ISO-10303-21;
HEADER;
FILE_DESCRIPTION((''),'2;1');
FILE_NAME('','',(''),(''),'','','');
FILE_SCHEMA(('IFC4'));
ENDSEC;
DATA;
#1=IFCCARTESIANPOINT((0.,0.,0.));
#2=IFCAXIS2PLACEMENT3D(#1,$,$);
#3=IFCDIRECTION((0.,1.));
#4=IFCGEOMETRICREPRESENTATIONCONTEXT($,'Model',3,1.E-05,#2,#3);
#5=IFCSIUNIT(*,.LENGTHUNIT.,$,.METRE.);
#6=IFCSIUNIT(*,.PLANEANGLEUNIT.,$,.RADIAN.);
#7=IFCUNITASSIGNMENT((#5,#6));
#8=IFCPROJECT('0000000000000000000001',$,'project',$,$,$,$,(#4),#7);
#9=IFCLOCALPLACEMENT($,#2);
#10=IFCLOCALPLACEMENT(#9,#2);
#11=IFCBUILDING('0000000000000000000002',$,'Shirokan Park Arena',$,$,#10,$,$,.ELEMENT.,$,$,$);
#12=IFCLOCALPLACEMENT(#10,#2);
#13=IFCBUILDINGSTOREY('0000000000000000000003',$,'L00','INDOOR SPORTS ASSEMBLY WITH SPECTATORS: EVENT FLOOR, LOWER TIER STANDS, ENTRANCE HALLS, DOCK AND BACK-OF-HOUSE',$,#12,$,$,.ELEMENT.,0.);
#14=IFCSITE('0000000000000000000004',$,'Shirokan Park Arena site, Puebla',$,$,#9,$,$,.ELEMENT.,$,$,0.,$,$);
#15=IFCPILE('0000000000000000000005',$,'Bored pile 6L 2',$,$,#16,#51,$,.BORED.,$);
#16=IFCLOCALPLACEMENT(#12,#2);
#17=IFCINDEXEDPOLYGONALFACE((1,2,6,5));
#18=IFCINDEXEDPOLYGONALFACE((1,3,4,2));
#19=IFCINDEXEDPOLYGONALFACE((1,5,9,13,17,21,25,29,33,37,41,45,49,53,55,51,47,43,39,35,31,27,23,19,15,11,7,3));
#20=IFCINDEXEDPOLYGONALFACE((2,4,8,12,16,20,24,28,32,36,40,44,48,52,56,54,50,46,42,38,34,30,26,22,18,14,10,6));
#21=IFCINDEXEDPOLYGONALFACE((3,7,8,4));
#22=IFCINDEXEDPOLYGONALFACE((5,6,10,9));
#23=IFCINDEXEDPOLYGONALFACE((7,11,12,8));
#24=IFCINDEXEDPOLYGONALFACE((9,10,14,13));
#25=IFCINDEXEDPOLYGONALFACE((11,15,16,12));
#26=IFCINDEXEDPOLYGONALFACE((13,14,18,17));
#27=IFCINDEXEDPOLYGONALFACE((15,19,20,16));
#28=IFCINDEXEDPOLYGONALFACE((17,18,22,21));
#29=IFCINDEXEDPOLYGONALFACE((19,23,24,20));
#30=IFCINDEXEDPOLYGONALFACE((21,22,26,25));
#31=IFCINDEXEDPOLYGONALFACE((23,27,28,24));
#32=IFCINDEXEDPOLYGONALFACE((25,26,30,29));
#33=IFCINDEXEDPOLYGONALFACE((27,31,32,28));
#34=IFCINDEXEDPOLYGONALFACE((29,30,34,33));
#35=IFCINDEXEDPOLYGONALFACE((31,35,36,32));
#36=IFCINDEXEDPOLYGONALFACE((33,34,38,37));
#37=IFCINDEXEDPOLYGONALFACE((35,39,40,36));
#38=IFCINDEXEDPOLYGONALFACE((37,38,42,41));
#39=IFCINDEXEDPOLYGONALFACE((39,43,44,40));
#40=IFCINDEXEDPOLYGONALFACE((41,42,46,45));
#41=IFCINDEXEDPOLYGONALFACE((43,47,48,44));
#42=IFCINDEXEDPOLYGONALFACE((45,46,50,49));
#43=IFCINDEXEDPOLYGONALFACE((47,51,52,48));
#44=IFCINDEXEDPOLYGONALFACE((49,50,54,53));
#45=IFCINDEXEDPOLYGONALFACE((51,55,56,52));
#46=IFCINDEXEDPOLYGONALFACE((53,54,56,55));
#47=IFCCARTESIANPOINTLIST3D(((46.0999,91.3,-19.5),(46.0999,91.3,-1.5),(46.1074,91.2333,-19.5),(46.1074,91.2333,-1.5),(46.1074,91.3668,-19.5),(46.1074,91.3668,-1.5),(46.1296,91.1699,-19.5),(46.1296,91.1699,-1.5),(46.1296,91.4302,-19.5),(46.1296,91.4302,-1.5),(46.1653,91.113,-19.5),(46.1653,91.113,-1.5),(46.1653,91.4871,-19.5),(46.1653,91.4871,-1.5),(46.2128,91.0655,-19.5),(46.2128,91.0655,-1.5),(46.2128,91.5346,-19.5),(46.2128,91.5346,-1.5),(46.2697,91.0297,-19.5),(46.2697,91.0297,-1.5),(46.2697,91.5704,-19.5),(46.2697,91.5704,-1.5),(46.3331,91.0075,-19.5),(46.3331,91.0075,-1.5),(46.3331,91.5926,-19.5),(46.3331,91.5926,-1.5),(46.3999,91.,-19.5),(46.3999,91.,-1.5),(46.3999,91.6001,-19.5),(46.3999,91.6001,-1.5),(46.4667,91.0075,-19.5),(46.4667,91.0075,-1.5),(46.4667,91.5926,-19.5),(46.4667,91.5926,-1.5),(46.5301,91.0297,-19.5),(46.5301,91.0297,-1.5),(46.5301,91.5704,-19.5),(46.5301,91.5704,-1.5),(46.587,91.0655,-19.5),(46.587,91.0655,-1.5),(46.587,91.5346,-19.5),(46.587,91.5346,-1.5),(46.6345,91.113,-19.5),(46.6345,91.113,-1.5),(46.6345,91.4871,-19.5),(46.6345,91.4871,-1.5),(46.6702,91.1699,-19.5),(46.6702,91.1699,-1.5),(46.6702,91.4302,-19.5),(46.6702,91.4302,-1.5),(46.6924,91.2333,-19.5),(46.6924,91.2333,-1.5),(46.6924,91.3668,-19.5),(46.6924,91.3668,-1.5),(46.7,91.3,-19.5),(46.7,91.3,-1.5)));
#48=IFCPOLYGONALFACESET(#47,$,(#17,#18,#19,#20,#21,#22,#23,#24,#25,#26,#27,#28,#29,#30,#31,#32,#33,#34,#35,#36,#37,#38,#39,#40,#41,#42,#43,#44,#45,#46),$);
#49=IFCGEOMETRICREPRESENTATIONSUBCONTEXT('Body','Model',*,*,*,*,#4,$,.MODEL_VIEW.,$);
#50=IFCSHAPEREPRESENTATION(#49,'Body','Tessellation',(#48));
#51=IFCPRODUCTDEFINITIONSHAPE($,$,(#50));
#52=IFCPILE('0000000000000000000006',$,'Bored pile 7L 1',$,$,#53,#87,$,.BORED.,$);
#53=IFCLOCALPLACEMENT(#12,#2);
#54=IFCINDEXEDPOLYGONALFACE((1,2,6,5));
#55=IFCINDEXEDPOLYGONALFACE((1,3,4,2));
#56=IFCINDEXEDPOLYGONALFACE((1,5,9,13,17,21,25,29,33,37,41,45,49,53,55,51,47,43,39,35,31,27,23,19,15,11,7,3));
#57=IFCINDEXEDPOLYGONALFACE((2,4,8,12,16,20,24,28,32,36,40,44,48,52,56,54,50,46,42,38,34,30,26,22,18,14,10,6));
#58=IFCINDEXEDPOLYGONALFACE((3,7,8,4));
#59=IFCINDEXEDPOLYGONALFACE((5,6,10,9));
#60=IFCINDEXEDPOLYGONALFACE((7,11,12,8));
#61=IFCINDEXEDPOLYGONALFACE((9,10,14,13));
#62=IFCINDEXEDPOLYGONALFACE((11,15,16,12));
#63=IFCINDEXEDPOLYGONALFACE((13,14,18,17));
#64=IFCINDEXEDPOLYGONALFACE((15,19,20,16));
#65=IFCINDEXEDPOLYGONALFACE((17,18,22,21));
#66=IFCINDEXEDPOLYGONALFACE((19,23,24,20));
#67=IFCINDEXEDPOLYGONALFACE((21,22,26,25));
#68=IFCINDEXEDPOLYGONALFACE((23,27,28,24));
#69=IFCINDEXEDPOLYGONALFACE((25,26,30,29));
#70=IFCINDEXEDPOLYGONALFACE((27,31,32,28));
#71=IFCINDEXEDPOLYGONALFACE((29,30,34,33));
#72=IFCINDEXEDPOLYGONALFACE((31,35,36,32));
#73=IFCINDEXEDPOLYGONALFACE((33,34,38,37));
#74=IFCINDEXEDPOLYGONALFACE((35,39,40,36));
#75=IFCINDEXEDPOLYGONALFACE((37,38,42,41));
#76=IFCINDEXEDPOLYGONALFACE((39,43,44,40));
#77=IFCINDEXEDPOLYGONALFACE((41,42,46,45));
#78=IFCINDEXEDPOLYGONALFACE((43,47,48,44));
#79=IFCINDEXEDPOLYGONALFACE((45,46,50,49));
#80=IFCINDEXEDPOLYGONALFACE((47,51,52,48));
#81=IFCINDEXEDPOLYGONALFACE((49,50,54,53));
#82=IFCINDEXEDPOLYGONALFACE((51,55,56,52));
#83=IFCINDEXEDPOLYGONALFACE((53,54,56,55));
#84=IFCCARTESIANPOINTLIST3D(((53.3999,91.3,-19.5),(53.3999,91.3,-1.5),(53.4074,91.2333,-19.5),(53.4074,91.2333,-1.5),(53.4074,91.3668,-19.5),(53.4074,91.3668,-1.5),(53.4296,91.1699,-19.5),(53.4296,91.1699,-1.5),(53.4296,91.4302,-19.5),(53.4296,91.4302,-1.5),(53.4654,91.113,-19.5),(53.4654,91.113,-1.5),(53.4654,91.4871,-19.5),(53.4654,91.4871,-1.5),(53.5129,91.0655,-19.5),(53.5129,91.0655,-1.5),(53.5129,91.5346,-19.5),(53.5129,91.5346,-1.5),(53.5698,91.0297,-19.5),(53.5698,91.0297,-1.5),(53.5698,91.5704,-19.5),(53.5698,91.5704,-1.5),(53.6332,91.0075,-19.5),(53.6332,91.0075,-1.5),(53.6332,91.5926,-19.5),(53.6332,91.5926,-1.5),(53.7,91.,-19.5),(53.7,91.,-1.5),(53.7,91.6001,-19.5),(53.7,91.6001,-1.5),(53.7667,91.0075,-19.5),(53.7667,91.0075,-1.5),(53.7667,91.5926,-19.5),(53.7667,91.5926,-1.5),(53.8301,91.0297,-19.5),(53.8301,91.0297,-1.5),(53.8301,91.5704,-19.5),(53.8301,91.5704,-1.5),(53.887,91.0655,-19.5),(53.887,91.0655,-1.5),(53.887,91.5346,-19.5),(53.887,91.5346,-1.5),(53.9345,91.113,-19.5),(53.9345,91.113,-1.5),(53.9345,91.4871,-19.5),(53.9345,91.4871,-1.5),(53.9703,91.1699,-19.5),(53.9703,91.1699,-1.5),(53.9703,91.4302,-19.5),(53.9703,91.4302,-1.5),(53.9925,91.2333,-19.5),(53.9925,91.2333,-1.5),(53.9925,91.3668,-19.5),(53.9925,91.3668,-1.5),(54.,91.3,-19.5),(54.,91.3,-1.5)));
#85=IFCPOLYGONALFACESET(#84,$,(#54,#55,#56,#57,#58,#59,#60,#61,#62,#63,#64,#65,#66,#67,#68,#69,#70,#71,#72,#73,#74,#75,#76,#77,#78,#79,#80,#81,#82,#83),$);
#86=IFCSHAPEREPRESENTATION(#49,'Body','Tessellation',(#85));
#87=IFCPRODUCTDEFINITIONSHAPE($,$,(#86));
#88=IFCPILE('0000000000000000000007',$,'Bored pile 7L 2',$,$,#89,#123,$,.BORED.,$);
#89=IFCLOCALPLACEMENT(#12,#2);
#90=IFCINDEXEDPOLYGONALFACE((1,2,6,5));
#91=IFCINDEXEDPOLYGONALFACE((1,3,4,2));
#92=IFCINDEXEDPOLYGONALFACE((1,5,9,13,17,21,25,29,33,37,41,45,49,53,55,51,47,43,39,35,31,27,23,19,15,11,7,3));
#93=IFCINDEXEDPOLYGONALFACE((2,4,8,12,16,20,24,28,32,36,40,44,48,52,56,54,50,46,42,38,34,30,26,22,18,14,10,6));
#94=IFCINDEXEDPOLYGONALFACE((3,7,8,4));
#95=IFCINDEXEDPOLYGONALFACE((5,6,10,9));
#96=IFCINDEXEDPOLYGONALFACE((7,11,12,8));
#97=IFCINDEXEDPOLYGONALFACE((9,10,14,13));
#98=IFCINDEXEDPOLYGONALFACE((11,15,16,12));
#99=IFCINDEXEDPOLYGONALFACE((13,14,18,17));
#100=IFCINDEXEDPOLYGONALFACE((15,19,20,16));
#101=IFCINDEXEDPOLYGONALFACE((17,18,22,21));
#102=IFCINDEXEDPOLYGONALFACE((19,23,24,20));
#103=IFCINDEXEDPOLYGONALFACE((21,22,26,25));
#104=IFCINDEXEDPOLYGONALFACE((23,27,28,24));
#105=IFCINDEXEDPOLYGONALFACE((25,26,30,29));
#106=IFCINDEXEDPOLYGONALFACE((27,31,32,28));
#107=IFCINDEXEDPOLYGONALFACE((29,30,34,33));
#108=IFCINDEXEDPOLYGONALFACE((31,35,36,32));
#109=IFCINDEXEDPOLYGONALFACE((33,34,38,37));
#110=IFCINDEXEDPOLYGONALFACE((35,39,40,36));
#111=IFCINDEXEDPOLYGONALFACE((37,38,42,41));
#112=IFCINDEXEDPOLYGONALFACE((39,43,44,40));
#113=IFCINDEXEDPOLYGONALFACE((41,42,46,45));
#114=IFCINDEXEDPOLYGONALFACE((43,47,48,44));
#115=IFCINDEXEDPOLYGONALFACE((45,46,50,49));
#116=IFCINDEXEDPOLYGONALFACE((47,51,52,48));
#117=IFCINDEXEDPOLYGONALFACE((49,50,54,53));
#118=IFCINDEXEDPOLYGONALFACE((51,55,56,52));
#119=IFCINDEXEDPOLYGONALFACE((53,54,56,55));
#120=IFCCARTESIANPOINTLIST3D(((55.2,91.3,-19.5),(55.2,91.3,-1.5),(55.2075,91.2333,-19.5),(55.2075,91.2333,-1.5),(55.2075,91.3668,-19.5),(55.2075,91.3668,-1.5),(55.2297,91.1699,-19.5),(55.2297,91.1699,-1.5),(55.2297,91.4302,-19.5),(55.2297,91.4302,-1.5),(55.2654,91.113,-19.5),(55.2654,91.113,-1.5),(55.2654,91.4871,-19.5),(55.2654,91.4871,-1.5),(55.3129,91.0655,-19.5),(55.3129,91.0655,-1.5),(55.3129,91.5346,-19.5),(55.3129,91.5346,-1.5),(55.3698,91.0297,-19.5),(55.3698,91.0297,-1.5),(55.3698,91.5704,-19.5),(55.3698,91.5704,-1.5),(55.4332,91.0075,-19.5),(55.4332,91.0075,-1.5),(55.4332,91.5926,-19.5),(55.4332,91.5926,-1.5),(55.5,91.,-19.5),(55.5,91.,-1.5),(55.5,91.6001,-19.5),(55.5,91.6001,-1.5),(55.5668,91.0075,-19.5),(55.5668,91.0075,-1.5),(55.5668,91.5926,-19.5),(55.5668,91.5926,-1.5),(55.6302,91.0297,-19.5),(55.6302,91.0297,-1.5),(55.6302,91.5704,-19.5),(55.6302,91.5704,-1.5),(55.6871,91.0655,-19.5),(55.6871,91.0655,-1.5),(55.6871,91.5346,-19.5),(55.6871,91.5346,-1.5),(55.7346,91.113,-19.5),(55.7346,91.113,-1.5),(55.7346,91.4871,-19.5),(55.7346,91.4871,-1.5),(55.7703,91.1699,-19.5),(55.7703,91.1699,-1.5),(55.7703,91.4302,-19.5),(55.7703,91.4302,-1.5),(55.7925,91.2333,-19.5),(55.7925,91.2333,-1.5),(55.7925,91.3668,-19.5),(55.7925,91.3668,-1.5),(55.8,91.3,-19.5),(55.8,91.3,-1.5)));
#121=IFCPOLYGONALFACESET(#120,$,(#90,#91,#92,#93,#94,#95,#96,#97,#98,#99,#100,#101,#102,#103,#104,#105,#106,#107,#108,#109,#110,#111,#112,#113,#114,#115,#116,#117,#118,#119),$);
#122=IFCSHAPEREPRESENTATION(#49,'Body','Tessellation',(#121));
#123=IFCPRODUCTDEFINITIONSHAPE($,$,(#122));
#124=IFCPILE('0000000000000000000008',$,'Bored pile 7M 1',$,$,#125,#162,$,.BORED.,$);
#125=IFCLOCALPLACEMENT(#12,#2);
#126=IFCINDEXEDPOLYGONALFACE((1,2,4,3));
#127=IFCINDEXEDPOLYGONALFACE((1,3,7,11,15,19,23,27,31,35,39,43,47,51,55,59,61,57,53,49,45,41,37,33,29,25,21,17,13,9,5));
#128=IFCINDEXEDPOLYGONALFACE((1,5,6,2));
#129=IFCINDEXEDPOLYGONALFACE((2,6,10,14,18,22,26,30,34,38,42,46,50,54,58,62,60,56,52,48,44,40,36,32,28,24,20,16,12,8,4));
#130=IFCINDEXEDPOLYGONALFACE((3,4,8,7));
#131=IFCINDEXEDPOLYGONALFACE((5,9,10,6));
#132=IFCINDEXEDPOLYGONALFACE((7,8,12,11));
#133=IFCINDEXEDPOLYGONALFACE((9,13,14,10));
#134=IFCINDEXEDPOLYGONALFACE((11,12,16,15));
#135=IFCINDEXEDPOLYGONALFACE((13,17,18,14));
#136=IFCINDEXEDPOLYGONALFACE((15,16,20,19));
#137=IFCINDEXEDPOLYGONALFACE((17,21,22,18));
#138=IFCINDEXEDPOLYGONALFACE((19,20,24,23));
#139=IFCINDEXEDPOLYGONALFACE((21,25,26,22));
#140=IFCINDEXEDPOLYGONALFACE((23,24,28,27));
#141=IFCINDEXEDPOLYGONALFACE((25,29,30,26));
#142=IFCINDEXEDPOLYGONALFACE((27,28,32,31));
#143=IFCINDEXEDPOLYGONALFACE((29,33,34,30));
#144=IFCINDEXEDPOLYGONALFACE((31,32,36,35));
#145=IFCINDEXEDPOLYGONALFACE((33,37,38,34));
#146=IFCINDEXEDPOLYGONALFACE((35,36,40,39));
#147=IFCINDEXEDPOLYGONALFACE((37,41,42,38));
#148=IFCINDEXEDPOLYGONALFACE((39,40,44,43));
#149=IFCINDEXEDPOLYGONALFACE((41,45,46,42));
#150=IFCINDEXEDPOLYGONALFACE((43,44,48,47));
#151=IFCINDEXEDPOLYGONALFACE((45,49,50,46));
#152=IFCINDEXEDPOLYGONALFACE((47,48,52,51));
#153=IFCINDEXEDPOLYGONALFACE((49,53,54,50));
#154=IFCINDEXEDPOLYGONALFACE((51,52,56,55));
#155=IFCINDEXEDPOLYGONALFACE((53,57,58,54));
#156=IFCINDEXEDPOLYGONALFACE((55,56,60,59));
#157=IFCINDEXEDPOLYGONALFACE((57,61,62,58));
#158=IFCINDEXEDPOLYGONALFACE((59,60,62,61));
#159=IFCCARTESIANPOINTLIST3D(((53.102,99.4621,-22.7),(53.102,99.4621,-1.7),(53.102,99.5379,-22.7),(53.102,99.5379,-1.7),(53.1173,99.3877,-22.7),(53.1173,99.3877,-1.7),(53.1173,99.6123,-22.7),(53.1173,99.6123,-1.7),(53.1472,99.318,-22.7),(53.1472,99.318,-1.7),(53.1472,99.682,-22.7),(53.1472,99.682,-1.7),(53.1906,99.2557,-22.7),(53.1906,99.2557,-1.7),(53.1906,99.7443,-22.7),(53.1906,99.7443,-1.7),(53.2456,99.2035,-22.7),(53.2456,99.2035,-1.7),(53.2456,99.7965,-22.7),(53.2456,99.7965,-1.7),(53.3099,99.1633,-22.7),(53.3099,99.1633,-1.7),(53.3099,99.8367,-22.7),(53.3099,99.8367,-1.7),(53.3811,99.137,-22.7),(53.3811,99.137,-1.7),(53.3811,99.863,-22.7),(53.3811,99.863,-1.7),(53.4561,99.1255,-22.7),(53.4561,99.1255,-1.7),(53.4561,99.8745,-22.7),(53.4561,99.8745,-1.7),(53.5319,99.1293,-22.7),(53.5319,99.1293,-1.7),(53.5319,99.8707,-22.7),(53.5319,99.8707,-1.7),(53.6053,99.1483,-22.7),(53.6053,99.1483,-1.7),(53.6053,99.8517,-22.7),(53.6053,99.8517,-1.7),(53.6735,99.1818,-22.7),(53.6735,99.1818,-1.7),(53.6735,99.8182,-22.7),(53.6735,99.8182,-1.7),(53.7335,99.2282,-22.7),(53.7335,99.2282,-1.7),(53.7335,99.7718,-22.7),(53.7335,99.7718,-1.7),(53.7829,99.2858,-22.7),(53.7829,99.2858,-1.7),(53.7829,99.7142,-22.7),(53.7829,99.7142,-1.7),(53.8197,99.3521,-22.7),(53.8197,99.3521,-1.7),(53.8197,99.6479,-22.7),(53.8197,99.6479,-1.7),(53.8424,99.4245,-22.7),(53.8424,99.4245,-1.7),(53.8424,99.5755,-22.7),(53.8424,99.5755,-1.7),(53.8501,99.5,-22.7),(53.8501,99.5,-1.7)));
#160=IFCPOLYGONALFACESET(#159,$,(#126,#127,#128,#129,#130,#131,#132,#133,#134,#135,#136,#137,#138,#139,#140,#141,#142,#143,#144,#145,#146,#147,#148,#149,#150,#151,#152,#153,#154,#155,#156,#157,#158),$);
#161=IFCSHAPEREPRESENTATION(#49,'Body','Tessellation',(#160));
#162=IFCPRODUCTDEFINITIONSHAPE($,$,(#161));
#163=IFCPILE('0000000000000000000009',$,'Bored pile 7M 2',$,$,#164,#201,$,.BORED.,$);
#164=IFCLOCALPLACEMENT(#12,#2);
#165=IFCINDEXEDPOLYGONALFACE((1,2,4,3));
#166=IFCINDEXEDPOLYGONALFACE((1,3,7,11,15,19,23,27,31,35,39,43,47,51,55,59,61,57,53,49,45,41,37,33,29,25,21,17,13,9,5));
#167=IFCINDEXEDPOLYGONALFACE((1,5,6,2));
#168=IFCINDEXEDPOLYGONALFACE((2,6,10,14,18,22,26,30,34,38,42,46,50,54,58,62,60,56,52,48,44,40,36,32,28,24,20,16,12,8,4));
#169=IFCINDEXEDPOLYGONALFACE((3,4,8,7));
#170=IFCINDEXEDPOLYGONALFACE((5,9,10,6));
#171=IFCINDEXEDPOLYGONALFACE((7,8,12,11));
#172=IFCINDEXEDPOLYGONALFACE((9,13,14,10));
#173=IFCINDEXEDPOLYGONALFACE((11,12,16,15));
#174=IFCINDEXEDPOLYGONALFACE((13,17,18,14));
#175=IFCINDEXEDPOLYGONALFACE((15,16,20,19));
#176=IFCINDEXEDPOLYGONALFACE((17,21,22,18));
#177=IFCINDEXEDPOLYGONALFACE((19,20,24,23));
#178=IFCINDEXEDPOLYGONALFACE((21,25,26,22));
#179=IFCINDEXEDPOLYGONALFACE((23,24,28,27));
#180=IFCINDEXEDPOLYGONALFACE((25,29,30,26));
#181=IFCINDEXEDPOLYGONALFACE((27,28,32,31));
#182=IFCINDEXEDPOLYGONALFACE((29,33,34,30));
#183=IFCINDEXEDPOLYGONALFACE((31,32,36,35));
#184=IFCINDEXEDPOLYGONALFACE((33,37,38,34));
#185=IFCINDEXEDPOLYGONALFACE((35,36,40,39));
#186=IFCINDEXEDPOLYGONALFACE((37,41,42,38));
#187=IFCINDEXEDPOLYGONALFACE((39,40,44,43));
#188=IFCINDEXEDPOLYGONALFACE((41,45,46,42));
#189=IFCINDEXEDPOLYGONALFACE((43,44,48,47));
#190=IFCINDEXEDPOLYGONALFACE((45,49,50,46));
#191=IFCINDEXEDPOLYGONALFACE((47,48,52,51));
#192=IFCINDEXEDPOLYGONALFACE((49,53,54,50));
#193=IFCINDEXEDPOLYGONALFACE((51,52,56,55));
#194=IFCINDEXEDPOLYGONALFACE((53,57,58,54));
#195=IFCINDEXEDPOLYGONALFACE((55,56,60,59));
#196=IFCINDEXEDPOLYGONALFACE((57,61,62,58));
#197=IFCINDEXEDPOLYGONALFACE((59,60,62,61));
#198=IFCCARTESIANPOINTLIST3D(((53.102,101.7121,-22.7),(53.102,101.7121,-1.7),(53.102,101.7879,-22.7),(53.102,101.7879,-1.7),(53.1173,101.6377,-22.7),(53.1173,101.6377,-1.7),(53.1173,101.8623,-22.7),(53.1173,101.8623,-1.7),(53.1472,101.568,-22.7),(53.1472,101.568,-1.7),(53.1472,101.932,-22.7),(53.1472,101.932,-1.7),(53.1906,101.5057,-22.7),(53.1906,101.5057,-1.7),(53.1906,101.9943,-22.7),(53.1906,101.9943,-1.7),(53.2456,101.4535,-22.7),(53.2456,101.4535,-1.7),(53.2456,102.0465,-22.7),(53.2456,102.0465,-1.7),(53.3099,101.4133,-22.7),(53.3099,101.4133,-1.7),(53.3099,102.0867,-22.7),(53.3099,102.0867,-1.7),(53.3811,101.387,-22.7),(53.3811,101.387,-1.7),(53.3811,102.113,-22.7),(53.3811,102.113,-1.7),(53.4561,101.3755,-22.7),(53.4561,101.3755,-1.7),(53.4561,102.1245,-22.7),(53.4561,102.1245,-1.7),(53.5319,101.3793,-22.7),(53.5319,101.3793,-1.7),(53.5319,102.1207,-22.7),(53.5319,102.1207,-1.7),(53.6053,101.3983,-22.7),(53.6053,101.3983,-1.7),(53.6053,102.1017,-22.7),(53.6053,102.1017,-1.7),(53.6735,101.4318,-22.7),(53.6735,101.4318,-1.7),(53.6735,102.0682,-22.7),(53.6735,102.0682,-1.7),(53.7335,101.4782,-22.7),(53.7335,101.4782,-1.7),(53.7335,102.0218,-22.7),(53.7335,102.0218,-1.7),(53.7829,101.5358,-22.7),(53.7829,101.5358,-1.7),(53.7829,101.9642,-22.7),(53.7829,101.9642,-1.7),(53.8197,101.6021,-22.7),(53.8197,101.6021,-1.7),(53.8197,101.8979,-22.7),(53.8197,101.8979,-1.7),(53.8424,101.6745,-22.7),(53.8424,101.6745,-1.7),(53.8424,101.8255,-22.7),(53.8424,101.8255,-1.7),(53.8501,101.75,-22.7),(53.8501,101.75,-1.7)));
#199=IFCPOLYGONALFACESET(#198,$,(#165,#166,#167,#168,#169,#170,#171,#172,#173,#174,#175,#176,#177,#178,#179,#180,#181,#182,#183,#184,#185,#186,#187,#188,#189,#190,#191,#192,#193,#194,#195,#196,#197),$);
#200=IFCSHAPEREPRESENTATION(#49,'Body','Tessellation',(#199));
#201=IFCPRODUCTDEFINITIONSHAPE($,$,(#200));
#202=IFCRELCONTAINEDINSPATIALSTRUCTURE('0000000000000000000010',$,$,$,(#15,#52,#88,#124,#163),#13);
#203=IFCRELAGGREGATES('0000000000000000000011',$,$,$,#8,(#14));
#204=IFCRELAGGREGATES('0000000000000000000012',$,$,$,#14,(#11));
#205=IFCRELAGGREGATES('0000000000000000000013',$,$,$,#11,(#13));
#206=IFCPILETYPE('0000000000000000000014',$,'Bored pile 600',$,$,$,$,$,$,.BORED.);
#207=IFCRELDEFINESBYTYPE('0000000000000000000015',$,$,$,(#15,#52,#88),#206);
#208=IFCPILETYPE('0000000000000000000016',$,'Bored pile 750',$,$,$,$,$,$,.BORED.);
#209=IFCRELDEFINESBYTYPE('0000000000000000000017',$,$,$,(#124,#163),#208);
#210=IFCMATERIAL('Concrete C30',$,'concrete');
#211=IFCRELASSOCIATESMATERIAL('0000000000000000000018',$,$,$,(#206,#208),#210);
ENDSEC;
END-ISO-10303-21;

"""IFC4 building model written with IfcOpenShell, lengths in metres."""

from ifc_helpers import new_model, si_unit, direction, frame, origin, origin_2d, place, context, subcontext, project, spatial, circle, extrude, material, material_profile, profile_set, type_object, element, save


model = new_model("IFC4")

# Units and contexts
model_context = context("Model", 3, precision=1e-05, world=origin(), true_north=direction((0.0, 1.0)))
body_context = subcontext(model_context, "Body", "Model", "MODEL_VIEW")
ifc_project = project(units=[si_unit("LENGTHUNIT", "METRE"), si_unit("PLANEANGLEUNIT", "RADIAN")], contexts=[model_context])

# Site, building, storey
site_placement = place(None, origin())
site = spatial("IfcSite", under=ifc_project, at=site_placement, Name="Shirokan Park Arena site, Puebla", CompositionType="ELEMENT", RefElevation=0.0)
building_placement = place(site_placement, origin())
building = spatial("IfcBuilding", under=site, at=building_placement, Name="Shirokan Park Arena", CompositionType="ELEMENT")
storey_placement = place(building_placement, origin())
storey = spatial("IfcBuildingStorey", under=building, at=storey_placement, Name="L00", Description="INDOOR SPORTS ASSEMBLY WITH SPECTATORS: EVENT FLOOR, LOWER TIER STANDS, ENTRANCE HALLS, DOCK AND BACK-OF-HOUSE", CompositionType="ELEMENT", Elevation=0.0)

# Piles
ifc_material_1 = material(Name="Concrete C30", Category="concrete")
ifc_material_profile_1 = material_profile(ifc_material_1, circle(Radius=0.3, at=origin_2d()), Name="D600")
ifc_profile_set_1 = profile_set([ifc_material_profile_1], Name="Concrete C30")
pile_type_1 = type_object("IfcPileType", Name="Bored pile 600", PredefinedType="BORED", material=ifc_profile_set_1)
for number, where, z_axis, x_axis, name in (
    (1, (46.3999, 91.3, -1.5), (0.0, 0.0, -1.0), (1.0, 0.0, 0.0), "Bored pile 6L 2"),
    (2, (53.7, 91.3, -1.5), (0.0, 0.0, -1.0), (1.0, 0.0, 0.0), "Bored pile 7L 1"),
    (3, (55.5, 91.3, -1.5), (0.0, 0.0, -1.0), (1.0, 0.0, 0.0), "Bored pile 7L 2"),
):
    element("IfcPile", number, at=place(storey_placement, frame(where, z_axis=z_axis, x_axis=x_axis)), inside=storey, type_object=pile_type_1, Name=name, PredefinedType="BORED", context=body_context, shape_type="SweptSolid", body=[
        extrude(circle(Radius=0.3, at=origin_2d()), origin(), (0.0, 0.0, 1.0), 18.0),
    ])
ifc_material_profile_2 = material_profile(ifc_material_1, circle(Radius=0.375, at=origin_2d()), Name="D750")
ifc_profile_set_2 = profile_set([ifc_material_profile_2], Name="Concrete C30")
pile_type_2 = type_object("IfcPileType", Name="Bored pile 750", PredefinedType="BORED", material=ifc_profile_set_2)
for number, where, z_axis, x_axis, name in (
    (4, (53.4751, 99.5, -1.7), (0.0, 0.0, -1.0), (1.0, 0.0, 0.0), "Bored pile 7M 1"),
    (5, (53.4751, 101.75, -1.7), (0.0, 0.0, -1.0), (1.0, 0.0, 0.0), "Bored pile 7M 2"),
):
    element("IfcPile", number, at=place(storey_placement, frame(where, z_axis=z_axis, x_axis=x_axis)), inside=storey, type_object=pile_type_2, Name=name, PredefinedType="BORED", context=body_context, shape_type="SweptSolid", body=[
        extrude(circle(Radius=0.375, at=origin_2d()), origin(), (0.0, 0.0, 1.0), 21.0),
    ])

save(model, "model.ifc")
